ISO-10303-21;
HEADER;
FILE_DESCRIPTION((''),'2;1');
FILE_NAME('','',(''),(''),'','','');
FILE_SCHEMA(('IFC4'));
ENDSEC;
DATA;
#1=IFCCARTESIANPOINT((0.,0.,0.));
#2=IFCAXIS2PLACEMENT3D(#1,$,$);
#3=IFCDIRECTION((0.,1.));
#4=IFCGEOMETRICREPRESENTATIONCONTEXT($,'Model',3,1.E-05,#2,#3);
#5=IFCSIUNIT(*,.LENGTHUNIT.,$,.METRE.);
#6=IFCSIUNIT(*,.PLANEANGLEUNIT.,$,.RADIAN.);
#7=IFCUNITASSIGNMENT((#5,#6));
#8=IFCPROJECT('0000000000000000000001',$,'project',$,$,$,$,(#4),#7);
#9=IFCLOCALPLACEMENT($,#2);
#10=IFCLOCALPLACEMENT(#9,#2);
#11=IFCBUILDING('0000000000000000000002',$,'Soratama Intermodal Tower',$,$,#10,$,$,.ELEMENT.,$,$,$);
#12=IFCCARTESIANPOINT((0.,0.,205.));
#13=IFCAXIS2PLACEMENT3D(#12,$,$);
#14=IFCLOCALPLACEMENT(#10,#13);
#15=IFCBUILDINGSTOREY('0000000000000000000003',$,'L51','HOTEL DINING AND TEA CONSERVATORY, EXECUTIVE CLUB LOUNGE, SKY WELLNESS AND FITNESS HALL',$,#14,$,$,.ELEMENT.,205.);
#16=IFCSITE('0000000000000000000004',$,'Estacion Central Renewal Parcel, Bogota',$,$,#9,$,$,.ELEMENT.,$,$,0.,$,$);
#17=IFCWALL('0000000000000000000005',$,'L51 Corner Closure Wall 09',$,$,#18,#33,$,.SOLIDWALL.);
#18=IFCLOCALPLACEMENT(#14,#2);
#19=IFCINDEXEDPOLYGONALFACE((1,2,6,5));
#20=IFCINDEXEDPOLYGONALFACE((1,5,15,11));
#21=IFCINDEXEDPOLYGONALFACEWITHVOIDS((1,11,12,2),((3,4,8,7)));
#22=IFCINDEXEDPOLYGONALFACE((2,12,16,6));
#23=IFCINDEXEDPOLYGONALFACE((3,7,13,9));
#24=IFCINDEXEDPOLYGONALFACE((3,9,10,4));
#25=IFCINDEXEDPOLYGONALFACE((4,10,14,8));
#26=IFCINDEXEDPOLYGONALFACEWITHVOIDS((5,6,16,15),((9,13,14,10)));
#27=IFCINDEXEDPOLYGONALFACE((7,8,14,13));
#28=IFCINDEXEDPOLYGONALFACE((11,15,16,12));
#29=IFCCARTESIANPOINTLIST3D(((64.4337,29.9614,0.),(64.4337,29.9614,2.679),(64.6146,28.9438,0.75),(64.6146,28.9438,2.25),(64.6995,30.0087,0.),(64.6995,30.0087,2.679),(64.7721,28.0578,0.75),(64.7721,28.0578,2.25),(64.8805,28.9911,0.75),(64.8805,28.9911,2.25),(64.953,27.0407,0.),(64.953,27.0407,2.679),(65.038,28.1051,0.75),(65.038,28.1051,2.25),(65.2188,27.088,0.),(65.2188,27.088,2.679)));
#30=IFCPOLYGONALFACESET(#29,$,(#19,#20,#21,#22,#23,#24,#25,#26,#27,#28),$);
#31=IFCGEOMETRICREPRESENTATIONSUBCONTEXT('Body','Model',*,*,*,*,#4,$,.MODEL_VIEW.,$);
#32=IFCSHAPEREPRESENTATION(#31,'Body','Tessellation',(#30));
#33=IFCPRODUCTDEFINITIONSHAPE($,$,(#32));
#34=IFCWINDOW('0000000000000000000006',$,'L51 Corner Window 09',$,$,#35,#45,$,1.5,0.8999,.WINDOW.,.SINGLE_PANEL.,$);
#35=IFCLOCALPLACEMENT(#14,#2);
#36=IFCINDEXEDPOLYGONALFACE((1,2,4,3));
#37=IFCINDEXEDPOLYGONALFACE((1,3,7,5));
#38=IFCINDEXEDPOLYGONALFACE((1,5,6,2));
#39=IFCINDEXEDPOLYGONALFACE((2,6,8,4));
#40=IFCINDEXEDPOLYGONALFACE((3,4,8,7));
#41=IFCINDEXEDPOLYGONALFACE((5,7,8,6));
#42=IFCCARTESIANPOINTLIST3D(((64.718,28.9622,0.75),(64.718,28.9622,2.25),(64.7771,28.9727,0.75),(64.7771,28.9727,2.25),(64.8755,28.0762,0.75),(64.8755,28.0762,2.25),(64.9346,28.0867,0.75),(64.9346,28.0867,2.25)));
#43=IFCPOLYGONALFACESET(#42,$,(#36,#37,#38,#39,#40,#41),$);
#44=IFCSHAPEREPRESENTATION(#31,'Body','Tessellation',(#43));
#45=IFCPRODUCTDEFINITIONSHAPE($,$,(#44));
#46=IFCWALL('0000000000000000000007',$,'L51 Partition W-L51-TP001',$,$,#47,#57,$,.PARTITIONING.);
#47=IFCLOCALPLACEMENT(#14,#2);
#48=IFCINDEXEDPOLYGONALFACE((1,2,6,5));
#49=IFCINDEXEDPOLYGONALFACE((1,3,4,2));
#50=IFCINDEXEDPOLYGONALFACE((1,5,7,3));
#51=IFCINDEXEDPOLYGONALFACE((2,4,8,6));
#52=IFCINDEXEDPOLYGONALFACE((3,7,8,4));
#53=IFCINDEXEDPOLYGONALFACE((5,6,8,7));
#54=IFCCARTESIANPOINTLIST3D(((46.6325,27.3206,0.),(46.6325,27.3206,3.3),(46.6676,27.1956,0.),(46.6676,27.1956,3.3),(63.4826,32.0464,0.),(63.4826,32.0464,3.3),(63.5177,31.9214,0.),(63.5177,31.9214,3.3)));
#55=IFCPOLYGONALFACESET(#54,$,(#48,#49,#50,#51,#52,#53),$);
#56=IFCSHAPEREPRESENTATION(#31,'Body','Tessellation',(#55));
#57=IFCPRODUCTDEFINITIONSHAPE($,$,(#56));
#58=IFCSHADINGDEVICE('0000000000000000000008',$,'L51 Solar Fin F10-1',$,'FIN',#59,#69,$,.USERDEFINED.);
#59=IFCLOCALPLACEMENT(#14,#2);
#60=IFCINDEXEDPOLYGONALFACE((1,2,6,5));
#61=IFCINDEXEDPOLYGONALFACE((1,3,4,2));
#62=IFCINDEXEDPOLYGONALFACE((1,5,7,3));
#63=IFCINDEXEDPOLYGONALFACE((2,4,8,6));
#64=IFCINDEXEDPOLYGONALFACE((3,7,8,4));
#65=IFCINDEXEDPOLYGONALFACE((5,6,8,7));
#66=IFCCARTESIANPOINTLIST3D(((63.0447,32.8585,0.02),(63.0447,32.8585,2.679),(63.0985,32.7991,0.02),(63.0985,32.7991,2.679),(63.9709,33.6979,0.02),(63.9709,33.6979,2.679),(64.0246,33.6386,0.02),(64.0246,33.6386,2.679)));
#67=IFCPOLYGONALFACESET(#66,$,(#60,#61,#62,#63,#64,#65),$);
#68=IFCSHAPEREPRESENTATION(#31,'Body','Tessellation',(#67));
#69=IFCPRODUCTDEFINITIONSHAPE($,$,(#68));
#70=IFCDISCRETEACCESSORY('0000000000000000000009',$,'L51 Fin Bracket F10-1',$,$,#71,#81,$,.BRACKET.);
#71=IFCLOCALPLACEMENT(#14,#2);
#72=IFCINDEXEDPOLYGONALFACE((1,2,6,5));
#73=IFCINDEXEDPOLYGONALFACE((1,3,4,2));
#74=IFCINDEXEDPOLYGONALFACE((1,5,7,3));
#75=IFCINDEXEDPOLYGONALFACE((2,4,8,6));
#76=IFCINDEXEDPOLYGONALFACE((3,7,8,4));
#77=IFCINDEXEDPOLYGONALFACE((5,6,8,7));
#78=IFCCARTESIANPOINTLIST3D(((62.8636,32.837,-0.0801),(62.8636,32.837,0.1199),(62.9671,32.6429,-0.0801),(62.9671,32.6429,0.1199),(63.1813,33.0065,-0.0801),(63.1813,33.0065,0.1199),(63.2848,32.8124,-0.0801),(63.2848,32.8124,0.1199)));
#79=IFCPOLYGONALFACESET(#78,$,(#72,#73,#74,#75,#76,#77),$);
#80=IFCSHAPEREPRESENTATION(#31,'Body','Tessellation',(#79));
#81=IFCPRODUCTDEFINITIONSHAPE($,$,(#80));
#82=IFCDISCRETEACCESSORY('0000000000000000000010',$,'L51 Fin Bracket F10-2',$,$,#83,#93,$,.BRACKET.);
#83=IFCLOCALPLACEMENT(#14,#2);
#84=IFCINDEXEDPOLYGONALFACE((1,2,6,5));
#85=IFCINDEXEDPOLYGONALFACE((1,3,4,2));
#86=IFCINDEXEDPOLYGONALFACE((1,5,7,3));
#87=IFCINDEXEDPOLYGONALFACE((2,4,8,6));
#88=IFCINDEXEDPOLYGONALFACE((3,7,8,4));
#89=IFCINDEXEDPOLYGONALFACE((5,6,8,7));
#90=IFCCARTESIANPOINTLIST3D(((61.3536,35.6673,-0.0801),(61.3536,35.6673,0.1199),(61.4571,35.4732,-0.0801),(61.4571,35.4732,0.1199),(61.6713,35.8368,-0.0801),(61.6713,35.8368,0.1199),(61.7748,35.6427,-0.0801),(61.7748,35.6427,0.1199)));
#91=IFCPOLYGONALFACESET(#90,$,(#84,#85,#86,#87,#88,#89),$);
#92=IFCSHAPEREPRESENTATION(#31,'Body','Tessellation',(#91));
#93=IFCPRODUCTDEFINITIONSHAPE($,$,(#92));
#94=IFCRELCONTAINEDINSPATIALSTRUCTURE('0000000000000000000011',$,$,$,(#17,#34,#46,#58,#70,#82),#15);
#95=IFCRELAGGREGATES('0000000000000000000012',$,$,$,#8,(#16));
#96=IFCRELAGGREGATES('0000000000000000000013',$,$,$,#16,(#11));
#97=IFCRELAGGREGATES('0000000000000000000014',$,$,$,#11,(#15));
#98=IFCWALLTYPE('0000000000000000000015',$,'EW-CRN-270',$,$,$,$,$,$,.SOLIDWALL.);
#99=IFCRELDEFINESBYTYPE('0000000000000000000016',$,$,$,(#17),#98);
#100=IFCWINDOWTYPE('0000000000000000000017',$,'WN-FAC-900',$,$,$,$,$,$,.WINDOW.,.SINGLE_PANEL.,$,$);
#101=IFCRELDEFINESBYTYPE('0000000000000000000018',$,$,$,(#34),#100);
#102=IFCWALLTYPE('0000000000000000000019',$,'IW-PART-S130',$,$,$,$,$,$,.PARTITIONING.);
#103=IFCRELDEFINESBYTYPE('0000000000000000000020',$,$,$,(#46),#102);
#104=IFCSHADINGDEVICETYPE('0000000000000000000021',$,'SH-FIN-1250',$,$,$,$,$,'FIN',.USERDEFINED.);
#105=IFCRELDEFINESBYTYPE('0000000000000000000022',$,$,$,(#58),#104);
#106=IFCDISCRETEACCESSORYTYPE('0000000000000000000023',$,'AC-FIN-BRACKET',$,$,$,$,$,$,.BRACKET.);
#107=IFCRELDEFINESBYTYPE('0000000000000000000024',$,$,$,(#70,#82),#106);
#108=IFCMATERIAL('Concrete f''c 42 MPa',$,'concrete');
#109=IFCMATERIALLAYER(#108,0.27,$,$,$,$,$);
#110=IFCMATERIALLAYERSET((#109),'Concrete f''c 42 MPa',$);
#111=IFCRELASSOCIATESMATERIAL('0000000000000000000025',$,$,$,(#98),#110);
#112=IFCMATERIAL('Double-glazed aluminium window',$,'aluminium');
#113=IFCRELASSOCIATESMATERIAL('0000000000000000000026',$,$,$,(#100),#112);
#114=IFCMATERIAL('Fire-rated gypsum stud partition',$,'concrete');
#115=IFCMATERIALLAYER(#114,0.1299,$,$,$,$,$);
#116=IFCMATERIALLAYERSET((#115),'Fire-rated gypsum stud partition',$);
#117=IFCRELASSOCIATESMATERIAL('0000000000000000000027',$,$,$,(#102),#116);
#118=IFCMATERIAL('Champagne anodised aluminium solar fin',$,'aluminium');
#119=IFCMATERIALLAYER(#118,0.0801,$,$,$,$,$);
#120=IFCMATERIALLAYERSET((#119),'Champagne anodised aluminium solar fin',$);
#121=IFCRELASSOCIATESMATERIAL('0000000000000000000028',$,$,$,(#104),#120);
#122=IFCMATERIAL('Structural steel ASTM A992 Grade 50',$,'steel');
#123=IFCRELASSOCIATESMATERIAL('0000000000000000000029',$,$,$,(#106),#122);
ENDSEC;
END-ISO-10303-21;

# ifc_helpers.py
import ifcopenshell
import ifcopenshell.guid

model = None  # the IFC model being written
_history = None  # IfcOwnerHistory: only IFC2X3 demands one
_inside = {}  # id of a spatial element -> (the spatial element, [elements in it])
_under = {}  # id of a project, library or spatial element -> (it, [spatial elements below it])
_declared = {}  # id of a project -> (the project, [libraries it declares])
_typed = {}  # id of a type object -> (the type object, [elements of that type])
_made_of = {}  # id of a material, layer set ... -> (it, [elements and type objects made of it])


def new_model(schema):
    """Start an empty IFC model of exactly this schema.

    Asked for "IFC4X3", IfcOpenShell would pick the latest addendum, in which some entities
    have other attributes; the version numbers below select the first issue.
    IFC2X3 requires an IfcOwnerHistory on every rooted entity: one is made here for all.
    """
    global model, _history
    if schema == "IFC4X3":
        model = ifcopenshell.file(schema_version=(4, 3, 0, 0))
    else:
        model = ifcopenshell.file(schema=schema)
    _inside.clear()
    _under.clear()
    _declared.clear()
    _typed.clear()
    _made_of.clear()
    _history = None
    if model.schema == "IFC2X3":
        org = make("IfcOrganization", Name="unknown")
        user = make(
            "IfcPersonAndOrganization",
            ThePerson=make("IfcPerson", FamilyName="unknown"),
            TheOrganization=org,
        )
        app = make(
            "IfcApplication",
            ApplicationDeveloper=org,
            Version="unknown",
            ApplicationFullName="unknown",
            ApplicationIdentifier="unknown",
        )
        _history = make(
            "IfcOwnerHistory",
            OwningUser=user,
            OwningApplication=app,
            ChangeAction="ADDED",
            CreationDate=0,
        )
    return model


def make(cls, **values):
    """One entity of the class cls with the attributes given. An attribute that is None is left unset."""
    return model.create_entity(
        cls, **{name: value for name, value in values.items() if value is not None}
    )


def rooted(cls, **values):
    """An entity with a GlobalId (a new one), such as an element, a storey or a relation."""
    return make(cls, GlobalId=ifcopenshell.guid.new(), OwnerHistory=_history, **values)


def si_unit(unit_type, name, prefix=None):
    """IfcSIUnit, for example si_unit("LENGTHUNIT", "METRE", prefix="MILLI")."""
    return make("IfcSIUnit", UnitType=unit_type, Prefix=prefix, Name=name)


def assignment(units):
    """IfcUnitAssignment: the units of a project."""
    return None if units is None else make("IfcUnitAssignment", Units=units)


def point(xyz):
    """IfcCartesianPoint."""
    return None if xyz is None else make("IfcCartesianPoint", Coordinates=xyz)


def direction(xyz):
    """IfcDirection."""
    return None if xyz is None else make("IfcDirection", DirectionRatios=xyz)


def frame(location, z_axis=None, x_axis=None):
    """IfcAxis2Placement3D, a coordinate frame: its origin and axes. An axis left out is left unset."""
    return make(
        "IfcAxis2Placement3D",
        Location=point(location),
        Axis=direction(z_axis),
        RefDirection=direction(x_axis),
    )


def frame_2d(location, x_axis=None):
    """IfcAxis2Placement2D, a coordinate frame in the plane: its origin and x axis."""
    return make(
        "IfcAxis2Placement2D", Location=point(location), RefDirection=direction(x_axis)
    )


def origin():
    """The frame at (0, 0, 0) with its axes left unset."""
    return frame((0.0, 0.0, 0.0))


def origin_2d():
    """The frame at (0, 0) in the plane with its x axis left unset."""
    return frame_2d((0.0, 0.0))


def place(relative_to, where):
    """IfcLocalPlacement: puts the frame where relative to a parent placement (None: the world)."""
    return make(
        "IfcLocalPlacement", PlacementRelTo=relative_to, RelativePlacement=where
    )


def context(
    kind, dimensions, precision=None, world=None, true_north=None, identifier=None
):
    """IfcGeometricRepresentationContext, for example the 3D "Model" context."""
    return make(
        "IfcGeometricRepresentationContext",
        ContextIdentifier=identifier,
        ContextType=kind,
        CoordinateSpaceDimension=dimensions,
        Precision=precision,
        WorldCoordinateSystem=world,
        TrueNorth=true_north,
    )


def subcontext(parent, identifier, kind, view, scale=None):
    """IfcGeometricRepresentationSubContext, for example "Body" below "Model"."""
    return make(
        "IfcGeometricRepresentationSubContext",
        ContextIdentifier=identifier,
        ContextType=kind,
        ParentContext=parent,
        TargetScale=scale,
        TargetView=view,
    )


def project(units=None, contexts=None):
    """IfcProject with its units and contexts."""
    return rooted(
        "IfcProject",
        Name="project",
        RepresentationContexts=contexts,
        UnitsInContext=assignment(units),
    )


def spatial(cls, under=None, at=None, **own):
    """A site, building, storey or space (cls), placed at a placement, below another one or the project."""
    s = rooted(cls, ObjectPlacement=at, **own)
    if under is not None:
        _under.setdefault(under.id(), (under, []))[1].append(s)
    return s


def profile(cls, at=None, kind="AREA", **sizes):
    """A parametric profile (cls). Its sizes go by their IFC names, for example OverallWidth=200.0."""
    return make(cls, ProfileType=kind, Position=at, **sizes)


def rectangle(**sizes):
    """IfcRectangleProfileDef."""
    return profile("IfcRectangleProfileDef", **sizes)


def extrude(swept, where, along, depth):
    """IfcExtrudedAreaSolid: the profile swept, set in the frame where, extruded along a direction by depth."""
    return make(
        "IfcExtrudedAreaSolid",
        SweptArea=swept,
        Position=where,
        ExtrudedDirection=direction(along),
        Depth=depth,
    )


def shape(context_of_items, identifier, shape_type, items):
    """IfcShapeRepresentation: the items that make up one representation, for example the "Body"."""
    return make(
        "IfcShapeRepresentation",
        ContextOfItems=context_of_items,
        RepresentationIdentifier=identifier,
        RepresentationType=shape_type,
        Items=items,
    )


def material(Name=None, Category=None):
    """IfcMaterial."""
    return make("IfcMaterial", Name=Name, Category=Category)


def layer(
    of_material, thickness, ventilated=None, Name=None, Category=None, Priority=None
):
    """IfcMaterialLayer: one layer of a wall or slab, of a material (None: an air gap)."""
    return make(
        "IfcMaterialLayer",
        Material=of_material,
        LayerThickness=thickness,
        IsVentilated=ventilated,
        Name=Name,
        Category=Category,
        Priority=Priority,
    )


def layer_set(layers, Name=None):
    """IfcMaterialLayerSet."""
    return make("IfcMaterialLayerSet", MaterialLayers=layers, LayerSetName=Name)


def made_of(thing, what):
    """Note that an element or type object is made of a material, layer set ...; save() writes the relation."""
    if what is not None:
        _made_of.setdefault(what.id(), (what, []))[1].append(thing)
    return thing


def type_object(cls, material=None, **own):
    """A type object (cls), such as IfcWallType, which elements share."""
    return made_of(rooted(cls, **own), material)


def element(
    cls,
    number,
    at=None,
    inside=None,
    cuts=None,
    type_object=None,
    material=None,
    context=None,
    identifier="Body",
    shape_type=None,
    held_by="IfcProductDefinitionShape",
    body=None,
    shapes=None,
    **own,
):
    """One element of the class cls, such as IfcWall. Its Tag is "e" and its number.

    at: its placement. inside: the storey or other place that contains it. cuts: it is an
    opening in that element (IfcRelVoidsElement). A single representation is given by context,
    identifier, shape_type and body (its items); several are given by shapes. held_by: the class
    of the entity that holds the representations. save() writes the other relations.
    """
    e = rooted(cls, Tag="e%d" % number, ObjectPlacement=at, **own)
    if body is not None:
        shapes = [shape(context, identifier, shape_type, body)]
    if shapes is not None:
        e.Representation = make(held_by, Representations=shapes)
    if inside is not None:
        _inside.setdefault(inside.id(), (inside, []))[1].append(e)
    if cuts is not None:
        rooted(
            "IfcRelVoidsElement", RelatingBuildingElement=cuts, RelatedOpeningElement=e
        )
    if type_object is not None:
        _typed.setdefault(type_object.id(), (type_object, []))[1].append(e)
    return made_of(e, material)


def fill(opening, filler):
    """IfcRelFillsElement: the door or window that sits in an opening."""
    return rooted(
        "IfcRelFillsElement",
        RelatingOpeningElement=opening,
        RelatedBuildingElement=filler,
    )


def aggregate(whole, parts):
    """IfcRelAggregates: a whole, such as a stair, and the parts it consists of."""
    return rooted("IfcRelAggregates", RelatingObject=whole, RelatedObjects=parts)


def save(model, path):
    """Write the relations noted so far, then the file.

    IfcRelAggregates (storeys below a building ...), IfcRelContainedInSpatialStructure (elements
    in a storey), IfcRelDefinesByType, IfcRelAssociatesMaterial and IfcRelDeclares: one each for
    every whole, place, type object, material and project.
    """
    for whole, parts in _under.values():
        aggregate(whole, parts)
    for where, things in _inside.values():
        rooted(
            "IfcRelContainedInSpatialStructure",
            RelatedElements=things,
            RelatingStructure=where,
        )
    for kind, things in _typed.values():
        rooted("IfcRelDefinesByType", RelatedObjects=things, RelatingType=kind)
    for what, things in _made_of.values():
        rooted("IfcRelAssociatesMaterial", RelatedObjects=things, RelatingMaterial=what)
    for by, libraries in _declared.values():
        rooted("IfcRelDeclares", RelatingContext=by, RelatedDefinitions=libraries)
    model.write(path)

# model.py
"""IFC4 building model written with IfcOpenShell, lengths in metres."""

from ifc_helpers import new_model, si_unit, direction, frame, frame_2d, origin, origin_2d, place, context, subcontext, project, spatial, rectangle, extrude, material, layer, layer_set, type_object, element, fill, save


model = new_model("IFC4")

# Units and contexts
model_context = context("Model", 3, precision=1e-05, world=origin(), true_north=direction((0.0, 1.0)))
body_context = subcontext(model_context, "Body", "Model", "MODEL_VIEW")
ifc_project = project(units=[si_unit("LENGTHUNIT", "METRE"), si_unit("PLANEANGLEUNIT", "RADIAN")], contexts=[model_context])

# Site, building, storey
site_placement = place(None, origin())
site = spatial("IfcSite", under=ifc_project, at=site_placement, Name="Estacion Central Renewal Parcel, Bogota", CompositionType="ELEMENT", RefElevation=0.0)
building_placement = place(site_placement, origin())
building = spatial("IfcBuilding", under=site, at=building_placement, Name="Soratama Intermodal Tower", CompositionType="ELEMENT")
storey_placement = place(building_placement, frame((0.0, 0.0, 205.0)))
storey = spatial("IfcBuildingStorey", under=building, at=storey_placement, Name="L51", Description="HOTEL DINING AND TEA CONSERVATORY, EXECUTIVE CLUB LOUNGE, SKY WELLNESS AND FITNESS HALL", CompositionType="ELEMENT", Elevation=205.0)

# Wall, opening, window
ifc_material_1 = material(Name="Concrete f'c 42 MPa", Category="concrete")
ifc_layer_1 = layer(ifc_material_1, 0.27)
ifc_layer_set_1 = layer_set([ifc_layer_1], Name="Concrete f'c 42 MPa")
wall_type_1 = type_object("IfcWallType", Name="EW-CRN-270", PredefinedType="SOLIDWALL", material=ifc_layer_set_1)
wall_1_placement = place(storey_placement, frame((65.0859, 27.0642, 0.0), z_axis=(0.0, 0.0, 1.0), x_axis=(-0.175053, 0.984559, 0.0)))
wall_1 = element("IfcWall", 1, at=wall_1_placement, inside=storey, type_object=wall_type_1, Name="L51 Corner Closure Wall 09", PredefinedType="SOLIDWALL", context=body_context, shape_type="SweptSolid", body=[
    extrude(rectangle(XDim=2.9666, YDim=0.27, at=frame_2d((1.4834, 0.0))), origin(), (0.0, 0.0, 1.0), 2.679),
])
opening_placement = place(wall_1_placement, frame((1.0332, 0.0, 0.75)))
opening = element("IfcOpeningElement", 2, at=opening_placement, cuts=wall_1, PredefinedType="OPENING", context=body_context, shape_type="SweptSolid", body=[
    extrude(rectangle(XDim=0.8999, YDim=1.5, at=frame_2d((0.45, 0.75))), frame((0.0, 0.145, 0.0), z_axis=(0.0, -1.0, 0.0), x_axis=(1.0, 0.0, 0.0)), (0.0, 0.0, 1.0), 0.29),
])
ifc_material_2 = material(Name="Double-glazed aluminium window", Category="aluminium")
window_type = type_object("IfcWindowType", Name="WN-FAC-900", PartitioningType="SINGLE_PANEL", PredefinedType="WINDOW", material=ifc_material_2)
window_placement = place(opening_placement, origin())
window = element("IfcWindow", 3, at=window_placement, inside=storey, type_object=window_type, Name="L51 Corner Window 09", OverallHeight=1.5, OverallWidth=0.8999, PartitioningType="SINGLE_PANEL", PredefinedType="WINDOW", context=body_context, shape_type="SweptSolid", body=[
    extrude(rectangle(XDim=0.8999, YDim=1.5, at=frame_2d((0.45, 0.75))), frame((0.0, 0.03, 0.0), z_axis=(0.0, -1.0, 0.0), x_axis=(1.0, 0.0, 0.0)), (0.0, 0.0, 1.0), 0.0601),
])
fill(opening, window)

# Wall
ifc_material_3 = material(Name="Fire-rated gypsum stud partition", Category="concrete")
ifc_layer_2 = layer(ifc_material_3, 0.1299)
ifc_layer_set_2 = layer_set([ifc_layer_2], Name="Fire-rated gypsum stud partition")
wall_type_2 = type_object("IfcWallType", Name="IW-PART-S130", PredefinedType="PARTITIONING", material=ifc_layer_set_2)
wall_2_placement = place(storey_placement, frame((63.5, 31.9839, 0.0), z_axis=(0.0, 0.0, 1.0), x_axis=(-0.962848, -0.270043, 0.0)))
element("IfcWall", 4, at=wall_2_placement, inside=storey, type_object=wall_type_2, Name="L51 Partition W-L51-TP001", PredefinedType="PARTITIONING", context=body_context, shape_type="SweptSolid", body=[
    extrude(rectangle(XDim=17.5002, YDim=0.1299, at=frame_2d((8.75, 0.0))), origin(), (0.0, 0.0, 1.0), 3.3),
])

# Shading device
ifc_material_4 = material(Name="Champagne anodised aluminium solar fin", Category="aluminium")
ifc_layer_3 = layer(ifc_material_4, 0.0801)
ifc_layer_set_3 = layer_set([ifc_layer_3], Name="Champagne anodised aluminium solar fin")
shading_device_type = type_object("IfcShadingDeviceType", Name="SH-FIN-1250", ElementType="FIN", PredefinedType="USERDEFINED", material=ifc_layer_set_3)
shading_device_placement = place(storey_placement, frame((63.5347, 33.2485, 0.02), z_axis=(0.0, 0.0, 1.0), x_axis=(0.740922, 0.671591, 0.0)))
element("IfcShadingDevice", 5, at=shading_device_placement, inside=storey, type_object=shading_device_type, Name="L51 Solar Fin F10-1", ObjectType="FIN", PredefinedType="USERDEFINED", context=body_context, shape_type="SweptSolid", body=[
    extrude(rectangle(XDim=1.25, YDim=0.0801, at=origin_2d()), origin(), (0.0, 0.0, 1.0), 2.6589),
])

# Discrete accessories
ifc_material_5 = material(Name="Structural steel ASTM A992 Grade 50", Category="steel")
discrete_accessory_type = type_object("IfcDiscreteAccessoryType", Name="AC-FIN-BRACKET", PredefinedType="BRACKET", material=ifc_material_5)
for number, where, z_axis, x_axis, name in (
    (6, (63.0742, 32.8247, -0.0801), (0.0, 0.0, 1.0), (0.882291, 0.470704, 0.0), "L51 Fin Bracket F10-1"),
    (7, (61.5642, 35.655, -0.0801), (0.0, 0.0, 1.0), (0.882291, 0.470704, 0.0), "L51 Fin Bracket F10-2"),
):
    element("IfcDiscreteAccessory", number, at=place(storey_placement, frame(where, z_axis=z_axis, x_axis=x_axis)), inside=storey, type_object=discrete_accessory_type, Name=name, PredefinedType="BRACKET", context=body_context, shape_type="SweptSolid", body=[
        extrude(rectangle(XDim=0.3601, YDim=0.22, at=origin_2d()), origin(), (0.0, 0.0, 1.0), 0.2),
    ])

save(model, "model.ifc")
